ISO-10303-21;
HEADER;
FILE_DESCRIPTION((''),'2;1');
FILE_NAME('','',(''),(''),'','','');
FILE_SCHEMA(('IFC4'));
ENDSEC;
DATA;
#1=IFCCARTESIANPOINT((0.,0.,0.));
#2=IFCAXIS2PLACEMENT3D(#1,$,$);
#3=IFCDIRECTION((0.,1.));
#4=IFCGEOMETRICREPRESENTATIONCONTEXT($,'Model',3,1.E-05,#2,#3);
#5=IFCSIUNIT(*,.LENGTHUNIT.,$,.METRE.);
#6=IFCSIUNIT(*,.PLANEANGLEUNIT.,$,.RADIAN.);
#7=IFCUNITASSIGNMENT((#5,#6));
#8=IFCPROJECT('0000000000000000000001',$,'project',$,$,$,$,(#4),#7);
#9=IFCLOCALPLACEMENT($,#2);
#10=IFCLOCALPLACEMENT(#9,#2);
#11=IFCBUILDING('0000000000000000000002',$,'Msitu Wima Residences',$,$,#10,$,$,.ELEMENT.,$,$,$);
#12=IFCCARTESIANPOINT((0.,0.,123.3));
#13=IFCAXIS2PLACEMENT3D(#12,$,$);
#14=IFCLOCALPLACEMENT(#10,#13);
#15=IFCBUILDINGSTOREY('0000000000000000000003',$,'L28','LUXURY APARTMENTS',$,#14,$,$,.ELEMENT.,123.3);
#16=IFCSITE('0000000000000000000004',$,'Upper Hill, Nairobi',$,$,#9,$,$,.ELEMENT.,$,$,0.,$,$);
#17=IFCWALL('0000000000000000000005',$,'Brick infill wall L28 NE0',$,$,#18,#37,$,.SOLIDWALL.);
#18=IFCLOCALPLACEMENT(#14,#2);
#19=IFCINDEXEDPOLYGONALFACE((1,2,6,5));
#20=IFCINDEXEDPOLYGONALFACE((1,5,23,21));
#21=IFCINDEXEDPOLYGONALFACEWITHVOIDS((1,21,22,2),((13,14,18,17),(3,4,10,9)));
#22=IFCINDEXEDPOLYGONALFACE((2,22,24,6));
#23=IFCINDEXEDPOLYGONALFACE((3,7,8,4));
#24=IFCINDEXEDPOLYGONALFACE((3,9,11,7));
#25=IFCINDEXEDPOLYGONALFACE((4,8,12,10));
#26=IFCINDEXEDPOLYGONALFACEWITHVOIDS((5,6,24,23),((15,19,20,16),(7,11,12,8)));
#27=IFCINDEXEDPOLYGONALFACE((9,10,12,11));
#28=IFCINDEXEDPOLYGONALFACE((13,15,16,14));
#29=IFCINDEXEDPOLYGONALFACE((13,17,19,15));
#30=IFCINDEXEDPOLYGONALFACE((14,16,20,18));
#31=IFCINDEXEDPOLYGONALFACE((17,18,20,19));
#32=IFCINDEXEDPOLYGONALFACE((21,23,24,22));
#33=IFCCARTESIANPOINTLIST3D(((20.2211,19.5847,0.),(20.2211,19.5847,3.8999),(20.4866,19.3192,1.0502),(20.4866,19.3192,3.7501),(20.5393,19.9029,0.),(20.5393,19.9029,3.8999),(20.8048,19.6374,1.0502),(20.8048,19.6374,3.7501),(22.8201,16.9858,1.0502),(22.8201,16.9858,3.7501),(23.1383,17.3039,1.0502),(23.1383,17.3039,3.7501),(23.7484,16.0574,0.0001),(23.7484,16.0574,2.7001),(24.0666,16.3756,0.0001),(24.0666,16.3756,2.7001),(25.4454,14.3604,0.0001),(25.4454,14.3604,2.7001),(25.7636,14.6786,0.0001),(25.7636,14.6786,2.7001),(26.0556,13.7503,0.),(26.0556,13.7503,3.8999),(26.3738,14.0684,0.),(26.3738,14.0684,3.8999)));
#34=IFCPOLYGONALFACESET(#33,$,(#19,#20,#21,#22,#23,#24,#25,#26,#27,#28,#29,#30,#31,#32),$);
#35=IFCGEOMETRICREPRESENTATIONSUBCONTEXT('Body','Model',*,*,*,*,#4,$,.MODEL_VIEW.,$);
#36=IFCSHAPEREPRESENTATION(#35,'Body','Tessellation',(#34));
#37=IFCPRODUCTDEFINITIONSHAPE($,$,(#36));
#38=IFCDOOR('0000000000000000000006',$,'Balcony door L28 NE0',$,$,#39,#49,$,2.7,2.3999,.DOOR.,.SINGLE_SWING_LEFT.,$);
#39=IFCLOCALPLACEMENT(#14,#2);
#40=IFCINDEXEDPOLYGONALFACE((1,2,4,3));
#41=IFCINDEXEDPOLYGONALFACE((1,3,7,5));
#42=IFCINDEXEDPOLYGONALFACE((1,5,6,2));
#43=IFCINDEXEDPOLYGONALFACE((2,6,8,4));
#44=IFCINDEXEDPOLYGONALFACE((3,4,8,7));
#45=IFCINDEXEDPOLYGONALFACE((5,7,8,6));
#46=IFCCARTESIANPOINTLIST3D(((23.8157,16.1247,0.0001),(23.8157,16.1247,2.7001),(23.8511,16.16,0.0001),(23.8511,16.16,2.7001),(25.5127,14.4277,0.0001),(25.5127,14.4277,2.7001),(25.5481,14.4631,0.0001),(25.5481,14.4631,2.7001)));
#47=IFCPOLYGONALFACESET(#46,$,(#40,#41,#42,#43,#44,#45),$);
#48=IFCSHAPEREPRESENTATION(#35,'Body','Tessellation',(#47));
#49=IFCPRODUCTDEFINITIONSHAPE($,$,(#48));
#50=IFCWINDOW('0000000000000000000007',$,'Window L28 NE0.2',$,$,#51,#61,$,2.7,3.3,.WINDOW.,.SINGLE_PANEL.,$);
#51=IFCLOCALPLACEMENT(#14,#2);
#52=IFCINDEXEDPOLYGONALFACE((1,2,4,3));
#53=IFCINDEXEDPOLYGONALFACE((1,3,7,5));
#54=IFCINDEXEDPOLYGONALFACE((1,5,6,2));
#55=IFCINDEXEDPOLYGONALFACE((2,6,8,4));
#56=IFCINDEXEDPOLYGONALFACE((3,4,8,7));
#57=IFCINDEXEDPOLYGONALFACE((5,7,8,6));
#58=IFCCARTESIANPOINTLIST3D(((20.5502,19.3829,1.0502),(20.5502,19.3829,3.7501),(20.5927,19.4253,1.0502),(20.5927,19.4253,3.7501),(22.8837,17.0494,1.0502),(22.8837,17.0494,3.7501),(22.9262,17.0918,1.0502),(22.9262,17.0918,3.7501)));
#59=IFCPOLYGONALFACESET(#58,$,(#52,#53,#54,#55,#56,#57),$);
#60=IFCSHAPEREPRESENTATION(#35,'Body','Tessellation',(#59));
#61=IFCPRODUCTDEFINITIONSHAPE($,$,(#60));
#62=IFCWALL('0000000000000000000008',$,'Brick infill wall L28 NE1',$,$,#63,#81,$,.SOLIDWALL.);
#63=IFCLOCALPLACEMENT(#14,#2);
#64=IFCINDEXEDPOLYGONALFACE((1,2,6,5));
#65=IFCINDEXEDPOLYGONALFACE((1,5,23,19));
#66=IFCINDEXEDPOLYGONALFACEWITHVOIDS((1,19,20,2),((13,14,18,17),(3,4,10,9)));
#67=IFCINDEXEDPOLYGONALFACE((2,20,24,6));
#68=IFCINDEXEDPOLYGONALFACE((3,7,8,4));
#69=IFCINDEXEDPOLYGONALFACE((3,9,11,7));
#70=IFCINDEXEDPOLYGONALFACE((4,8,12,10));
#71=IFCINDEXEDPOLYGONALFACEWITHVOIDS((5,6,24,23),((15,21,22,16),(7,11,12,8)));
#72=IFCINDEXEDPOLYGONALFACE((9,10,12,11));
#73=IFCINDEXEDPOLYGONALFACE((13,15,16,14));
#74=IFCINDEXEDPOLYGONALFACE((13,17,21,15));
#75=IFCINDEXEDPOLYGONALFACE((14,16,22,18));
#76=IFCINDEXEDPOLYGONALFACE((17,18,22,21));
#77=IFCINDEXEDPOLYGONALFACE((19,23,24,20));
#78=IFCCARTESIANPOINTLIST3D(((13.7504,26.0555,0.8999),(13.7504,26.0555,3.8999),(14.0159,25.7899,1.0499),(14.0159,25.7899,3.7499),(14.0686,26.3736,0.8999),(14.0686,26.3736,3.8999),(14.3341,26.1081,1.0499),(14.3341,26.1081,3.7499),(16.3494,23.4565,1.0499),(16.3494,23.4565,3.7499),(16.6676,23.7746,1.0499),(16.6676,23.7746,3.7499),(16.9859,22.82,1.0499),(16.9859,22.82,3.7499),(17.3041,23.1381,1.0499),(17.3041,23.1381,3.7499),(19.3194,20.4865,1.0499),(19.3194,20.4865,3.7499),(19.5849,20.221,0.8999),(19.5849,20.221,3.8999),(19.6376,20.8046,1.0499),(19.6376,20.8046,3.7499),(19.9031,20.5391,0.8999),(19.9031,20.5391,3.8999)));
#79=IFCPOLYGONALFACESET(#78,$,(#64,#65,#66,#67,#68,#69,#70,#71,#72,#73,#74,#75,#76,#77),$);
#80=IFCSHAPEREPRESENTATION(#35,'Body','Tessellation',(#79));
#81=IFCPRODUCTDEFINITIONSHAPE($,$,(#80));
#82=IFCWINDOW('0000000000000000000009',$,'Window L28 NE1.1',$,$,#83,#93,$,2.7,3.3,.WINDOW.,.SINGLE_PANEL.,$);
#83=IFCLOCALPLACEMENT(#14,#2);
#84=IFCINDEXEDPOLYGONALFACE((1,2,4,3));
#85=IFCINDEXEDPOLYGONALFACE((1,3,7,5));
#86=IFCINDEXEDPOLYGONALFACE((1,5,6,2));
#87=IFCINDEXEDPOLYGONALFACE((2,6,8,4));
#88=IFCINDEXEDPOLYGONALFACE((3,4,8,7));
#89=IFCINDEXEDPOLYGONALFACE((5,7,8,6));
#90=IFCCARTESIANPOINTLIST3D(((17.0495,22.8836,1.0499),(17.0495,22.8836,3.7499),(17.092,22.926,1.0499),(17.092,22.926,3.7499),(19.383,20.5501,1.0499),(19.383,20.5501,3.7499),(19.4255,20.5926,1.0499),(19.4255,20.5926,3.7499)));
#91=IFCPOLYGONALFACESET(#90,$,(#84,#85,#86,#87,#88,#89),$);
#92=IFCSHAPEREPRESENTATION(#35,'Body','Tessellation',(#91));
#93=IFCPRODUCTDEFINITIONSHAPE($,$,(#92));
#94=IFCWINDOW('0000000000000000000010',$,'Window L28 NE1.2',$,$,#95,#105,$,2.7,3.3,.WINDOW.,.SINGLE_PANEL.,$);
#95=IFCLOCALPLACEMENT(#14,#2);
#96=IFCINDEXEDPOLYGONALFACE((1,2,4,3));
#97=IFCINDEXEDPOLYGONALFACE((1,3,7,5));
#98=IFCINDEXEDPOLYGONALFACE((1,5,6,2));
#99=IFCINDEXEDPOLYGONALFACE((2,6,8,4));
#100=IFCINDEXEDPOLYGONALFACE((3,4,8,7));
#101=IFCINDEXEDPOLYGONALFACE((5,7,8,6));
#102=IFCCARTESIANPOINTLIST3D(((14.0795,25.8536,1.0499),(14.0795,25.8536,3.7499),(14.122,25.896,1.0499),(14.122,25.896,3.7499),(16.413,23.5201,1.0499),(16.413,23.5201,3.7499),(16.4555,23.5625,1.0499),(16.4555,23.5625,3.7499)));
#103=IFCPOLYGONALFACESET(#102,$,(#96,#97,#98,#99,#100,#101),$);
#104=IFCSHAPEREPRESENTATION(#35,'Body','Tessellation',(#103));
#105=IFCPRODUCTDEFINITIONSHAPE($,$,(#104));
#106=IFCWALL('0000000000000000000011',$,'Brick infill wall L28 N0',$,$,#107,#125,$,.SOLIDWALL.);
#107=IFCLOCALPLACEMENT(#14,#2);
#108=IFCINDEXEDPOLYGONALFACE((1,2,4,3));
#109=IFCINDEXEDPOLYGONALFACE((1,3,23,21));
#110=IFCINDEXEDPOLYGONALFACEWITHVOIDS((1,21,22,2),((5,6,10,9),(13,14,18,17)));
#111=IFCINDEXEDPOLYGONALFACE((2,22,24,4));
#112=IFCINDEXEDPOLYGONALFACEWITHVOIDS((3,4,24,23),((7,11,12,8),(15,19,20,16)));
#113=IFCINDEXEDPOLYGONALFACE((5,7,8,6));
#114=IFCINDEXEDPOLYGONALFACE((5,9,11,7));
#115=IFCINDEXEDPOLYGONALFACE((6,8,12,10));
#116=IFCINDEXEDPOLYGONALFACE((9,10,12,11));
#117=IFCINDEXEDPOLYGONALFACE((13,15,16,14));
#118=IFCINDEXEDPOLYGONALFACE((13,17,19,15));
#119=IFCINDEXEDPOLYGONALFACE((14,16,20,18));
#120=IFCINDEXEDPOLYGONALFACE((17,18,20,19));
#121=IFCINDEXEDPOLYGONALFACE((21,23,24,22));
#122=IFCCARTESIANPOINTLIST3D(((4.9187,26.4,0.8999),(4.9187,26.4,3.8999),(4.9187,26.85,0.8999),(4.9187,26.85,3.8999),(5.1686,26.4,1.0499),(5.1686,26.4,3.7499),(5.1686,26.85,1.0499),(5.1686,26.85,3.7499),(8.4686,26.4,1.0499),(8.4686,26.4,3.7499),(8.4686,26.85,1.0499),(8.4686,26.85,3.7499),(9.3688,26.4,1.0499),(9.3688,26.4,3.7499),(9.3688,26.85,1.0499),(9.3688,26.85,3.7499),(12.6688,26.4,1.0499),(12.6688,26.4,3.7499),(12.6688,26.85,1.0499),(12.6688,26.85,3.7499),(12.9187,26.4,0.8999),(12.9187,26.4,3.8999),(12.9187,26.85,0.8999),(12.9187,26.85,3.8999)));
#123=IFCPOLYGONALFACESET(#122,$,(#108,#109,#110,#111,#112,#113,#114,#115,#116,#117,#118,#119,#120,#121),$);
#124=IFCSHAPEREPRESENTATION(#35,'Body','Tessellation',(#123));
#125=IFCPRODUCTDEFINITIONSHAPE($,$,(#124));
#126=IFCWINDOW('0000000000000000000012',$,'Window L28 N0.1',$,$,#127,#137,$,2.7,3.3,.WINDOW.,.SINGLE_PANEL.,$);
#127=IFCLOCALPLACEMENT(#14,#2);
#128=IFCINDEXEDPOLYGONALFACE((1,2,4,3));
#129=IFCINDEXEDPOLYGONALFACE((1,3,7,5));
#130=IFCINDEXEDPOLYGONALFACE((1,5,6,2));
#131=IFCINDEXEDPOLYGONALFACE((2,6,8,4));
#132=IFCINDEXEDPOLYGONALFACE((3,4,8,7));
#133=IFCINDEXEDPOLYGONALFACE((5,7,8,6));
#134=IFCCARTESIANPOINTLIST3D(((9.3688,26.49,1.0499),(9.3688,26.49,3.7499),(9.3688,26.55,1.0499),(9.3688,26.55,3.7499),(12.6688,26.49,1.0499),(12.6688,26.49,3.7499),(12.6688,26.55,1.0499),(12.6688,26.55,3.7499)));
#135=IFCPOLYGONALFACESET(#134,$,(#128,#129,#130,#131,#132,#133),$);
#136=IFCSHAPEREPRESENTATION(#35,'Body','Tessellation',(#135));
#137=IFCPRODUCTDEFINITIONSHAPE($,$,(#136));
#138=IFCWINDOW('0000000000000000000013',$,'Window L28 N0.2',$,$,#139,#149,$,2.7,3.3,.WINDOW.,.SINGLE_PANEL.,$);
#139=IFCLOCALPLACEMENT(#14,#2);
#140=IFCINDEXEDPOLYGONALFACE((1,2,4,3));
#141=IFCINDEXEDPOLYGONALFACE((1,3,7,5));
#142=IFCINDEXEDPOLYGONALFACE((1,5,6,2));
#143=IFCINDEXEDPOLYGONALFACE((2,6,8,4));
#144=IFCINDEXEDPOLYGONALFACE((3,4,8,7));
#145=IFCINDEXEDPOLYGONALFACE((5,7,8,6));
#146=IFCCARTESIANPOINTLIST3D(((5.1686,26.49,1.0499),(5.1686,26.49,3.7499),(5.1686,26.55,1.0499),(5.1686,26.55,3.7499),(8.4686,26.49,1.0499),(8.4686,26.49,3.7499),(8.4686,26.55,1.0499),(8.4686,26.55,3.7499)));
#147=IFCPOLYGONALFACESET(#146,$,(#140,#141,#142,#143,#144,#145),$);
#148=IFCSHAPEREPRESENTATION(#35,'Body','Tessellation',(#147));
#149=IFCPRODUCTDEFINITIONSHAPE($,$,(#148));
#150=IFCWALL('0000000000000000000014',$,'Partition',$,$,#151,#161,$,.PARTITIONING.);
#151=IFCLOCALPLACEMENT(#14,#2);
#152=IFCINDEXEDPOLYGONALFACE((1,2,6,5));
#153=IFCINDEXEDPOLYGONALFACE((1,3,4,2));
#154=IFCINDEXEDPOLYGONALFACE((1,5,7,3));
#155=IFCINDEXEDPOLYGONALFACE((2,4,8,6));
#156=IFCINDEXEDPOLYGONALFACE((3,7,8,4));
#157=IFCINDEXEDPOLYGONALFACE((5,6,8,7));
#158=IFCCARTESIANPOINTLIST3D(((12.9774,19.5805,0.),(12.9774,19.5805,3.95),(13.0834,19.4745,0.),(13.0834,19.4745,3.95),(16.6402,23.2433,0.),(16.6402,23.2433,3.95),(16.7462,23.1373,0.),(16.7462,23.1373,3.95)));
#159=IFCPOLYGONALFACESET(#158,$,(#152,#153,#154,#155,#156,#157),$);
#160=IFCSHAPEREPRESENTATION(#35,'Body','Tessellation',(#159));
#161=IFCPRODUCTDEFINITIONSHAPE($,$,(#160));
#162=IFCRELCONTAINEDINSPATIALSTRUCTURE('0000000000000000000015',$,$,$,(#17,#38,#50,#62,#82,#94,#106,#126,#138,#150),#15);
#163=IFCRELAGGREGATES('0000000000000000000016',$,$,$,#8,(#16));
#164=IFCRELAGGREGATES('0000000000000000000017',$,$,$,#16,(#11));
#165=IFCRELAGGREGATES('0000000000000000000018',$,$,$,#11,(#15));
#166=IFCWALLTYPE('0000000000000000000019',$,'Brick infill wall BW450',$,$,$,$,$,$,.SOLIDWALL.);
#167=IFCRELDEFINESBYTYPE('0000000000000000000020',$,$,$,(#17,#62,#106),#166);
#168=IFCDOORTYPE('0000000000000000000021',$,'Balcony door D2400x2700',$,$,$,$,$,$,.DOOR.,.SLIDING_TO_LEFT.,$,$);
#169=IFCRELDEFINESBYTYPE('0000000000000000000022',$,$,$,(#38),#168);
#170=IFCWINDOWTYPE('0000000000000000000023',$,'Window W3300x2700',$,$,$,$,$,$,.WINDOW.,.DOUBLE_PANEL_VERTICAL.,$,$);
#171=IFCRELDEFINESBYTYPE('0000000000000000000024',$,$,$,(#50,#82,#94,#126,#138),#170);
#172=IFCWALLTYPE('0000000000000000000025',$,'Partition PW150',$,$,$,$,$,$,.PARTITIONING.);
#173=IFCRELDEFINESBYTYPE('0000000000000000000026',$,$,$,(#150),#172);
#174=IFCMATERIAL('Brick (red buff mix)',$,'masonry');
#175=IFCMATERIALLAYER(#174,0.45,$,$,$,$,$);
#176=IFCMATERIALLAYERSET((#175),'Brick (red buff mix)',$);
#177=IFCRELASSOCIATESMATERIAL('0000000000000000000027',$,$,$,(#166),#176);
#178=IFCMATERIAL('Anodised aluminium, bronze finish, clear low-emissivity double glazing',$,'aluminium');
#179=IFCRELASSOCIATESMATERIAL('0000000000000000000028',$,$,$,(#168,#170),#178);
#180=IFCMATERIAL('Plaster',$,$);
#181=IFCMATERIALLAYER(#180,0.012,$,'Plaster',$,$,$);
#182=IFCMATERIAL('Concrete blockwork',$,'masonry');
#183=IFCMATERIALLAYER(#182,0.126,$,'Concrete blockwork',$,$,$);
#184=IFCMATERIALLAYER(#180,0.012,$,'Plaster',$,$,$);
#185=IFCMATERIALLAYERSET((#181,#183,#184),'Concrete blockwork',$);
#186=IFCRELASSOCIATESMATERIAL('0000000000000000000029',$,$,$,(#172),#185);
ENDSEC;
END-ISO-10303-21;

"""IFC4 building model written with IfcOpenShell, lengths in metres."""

from ifc_helpers import new_model, si_unit, direction, frame, frame_2d, origin, place, context, subcontext, project, spatial, rectangle, extrude, material, layer, layer_set, type_object, element, fill, save


model = new_model("IFC4")

# Units and contexts
model_context = context("Model", 3, precision=1e-05, world=origin(), true_north=direction((0.0, 1.0)))
body_context = subcontext(model_context, "Body", "Model", "MODEL_VIEW")
ifc_project = project(units=[si_unit("LENGTHUNIT", "METRE"), si_unit("PLANEANGLEUNIT", "RADIAN")], contexts=[model_context])

# Site, building, storey
site_placement = place(None, origin())
site = spatial("IfcSite", under=ifc_project, at=site_placement, Name="Upper Hill, Nairobi", CompositionType="ELEMENT", RefElevation=0.0)
building_placement = place(site_placement, origin())
building = spatial("IfcBuilding", under=site, at=building_placement, Name="Msitu Wima Residences", CompositionType="ELEMENT")
storey_placement = place(building_placement, frame((0.0, 0.0, 123.3)))
storey = spatial("IfcBuildingStorey", under=building, at=storey_placement, Name="L28", Description="LUXURY APARTMENTS", CompositionType="ELEMENT", Elevation=123.3)

# Wall, openings, door, window
ifc_material_1 = material(Name="Brick (red buff mix)", Category="masonry")
ifc_layer_1 = layer(ifc_material_1, 0.45)
ifc_layer_set_1 = layer_set([ifc_layer_1], Name="Brick (red buff mix)")
wall_type_1 = type_object("IfcWallType", Name="Brick infill wall BW450", PredefinedType="SOLIDWALL", material=ifc_layer_set_1)
wall_1_placement = place(storey_placement, frame((26.2146, 13.9094, 0.0), z_axis=(0.0, 0.0, 1.0), x_axis=(-0.707107, 0.707107, 0.0)))
wall_1 = element("IfcWall", 1, at=wall_1_placement, inside=storey, type_object=wall_type_1, Name="Brick infill wall L28 NE0", PredefinedType="SOLIDWALL", context=body_context, shape_type="SweptSolid", body=[
    extrude(rectangle(XDim=8.2512, YDim=0.45, at=frame_2d((4.1255, 0.0))), origin(), (0.0, 0.0, 1.0), 3.8999),
])
opening_1_placement = place(wall_1_placement, frame((0.8628, 0.0, 0.0)))
opening_1 = element("IfcOpeningElement", 2, at=opening_1_placement, cuts=wall_1, PredefinedType="OPENING", context=body_context, shape_type="SweptSolid", body=[
    extrude(rectangle(XDim=2.3999, YDim=2.7, at=frame_2d((1.2, 1.3501))), frame((0.0, 0.2349, 0.0), z_axis=(0.0, -1.0, 0.0), x_axis=(1.0, 0.0, 0.0)), (0.0, 0.0, 1.0), 0.47),
])
opening_2_placement = place(wall_1_placement, frame((4.5757, 0.0, 1.05)))
opening_2 = element("IfcOpeningElement", 3, at=opening_2_placement, cuts=wall_1, PredefinedType="OPENING", context=body_context, shape_type="SweptSolid", body=[
    extrude(rectangle(XDim=3.3, YDim=2.7, at=frame_2d((1.6499, 1.3501))), frame((0.0, 0.2349, 0.0), z_axis=(0.0, -1.0, 0.0), x_axis=(1.0, 0.0, 0.0)), (0.0, 0.0, 1.0), 0.47),
])
ifc_material_2 = material(Name="Anodised aluminium, bronze finish, clear low-emissivity double glazing", Category="aluminium")
door_type_1 = type_object("IfcDoorType", Name="Balcony door D2400x2700", OperationType="SLIDING_TO_LEFT", PredefinedType="DOOR", material=ifc_material_2)
door_1_placement = place(opening_1_placement, origin())
door_1 = element("IfcDoor", 4, at=door_1_placement, inside=storey, type_object=door_type_1, Name="Balcony door L28 NE0", OperationType="SINGLE_SWING_LEFT", OverallHeight=2.7, OverallWidth=2.3999, PredefinedType="DOOR", context=body_context, shape_type="SweptSolid", body=[
    extrude(rectangle(XDim=2.3999, YDim=2.7, at=frame_2d((1.2, 1.3501))), frame((0.0, 0.1299, 0.0), z_axis=(0.0, -1.0, 0.0), x_axis=(1.0, 0.0, 0.0)), (0.0, 0.0, 1.0), 0.05),
])
fill(opening_1, door_1)
window_type = type_object("IfcWindowType", Name="Window W3300x2700", PartitioningType="DOUBLE_PANEL_VERTICAL", PredefinedType="WINDOW", material=ifc_material_2)
window_1_placement = place(opening_2_placement, origin())
window_1 = element("IfcWindow", 5, at=window_1_placement, inside=storey, type_object=window_type, Name="Window L28 NE0.2", OverallHeight=2.7, OverallWidth=3.3, PartitioningType="SINGLE_PANEL", PredefinedType="WINDOW", context=body_context, shape_type="SweptSolid", body=[
    extrude(rectangle(XDim=3.3, YDim=2.7, at=frame_2d((1.6499, 1.3501))), frame((0.0, 0.135, 0.0), z_axis=(0.0, -1.0, 0.0), x_axis=(1.0, 0.0, 0.0)), (0.0, 0.0, 1.0), 0.0601),
])
fill(opening_2, window_1)

# Walls, openings, windows
wall_2_placement = place(storey_placement, frame((19.7439, 20.3801, 0.8999), z_axis=(0.0, 0.0, 1.0), x_axis=(-0.707107, 0.707107, 0.0)))
wall_2 = element("IfcWall", 6, at=wall_2_placement, inside=storey, type_object=wall_type_1, Name="Brick infill wall L28 NE1", PredefinedType="SOLIDWALL", context=body_context, shape_type="SweptSolid", body=[
    extrude(rectangle(XDim=8.2512, YDim=0.45, at=frame_2d((4.1255, 0.0))), origin(), (0.0, 0.0, 1.0), 3.0),
])
opening_3_placement = place(wall_2_placement, frame((0.3755, 0.0, 0.1499)))
opening_3 = element("IfcOpeningElement", 7, at=opening_3_placement, cuts=wall_2, PredefinedType="OPENING", context=body_context, shape_type="SweptSolid", body=[
    extrude(rectangle(XDim=3.3, YDim=2.7, at=frame_2d((1.6499, 1.3501))), frame((0.0, 0.2349, 0.0), z_axis=(0.0, -1.0, 0.0), x_axis=(1.0, 0.0, 0.0)), (0.0, 0.0, 1.0), 0.47),
])
opening_4_placement = place(wall_2_placement, frame((4.5757, 0.0, 0.1499)))
opening_4 = element("IfcOpeningElement", 8, at=opening_4_placement, cuts=wall_2, PredefinedType="OPENING", context=body_context, shape_type="SweptSolid", body=[
    extrude(rectangle(XDim=3.3, YDim=2.7, at=frame_2d((1.6499, 1.3501))), frame((0.0, 0.2349, 0.0), z_axis=(0.0, -1.0, 0.0), x_axis=(1.0, 0.0, 0.0)), (0.0, 0.0, 1.0), 0.47),
])
window_2_placement = place(opening_3_placement, origin())
window_2 = element("IfcWindow", 9, at=window_2_placement, inside=storey, type_object=window_type, Name="Window L28 NE1.1", OverallHeight=2.7, OverallWidth=3.3, PartitioningType="SINGLE_PANEL", PredefinedType="WINDOW", context=body_context, shape_type="SweptSolid", body=[
    extrude(rectangle(XDim=3.3, YDim=2.7, at=frame_2d((1.6499, 1.3501))), frame((0.0, 0.135, 0.0), z_axis=(0.0, -1.0, 0.0), x_axis=(1.0, 0.0, 0.0)), (0.0, 0.0, 1.0), 0.0601),
])
fill(opening_3, window_2)
window_3_placement = place(opening_4_placement, origin())
window_3 = element("IfcWindow", 10, at=window_3_placement, inside=storey, type_object=window_type, Name="Window L28 NE1.2", OverallHeight=2.7, OverallWidth=3.3, PartitioningType="SINGLE_PANEL", PredefinedType="WINDOW", context=body_context, shape_type="SweptSolid", body=[
    extrude(rectangle(XDim=3.3, YDim=2.7, at=frame_2d((1.6499, 1.3501))), frame((0.0, 0.135, 0.0), z_axis=(0.0, -1.0, 0.0), x_axis=(1.0, 0.0, 0.0)), (0.0, 0.0, 1.0), 0.0601),
])
fill(opening_4, window_3)
wall_3_placement = place(storey_placement, frame((12.9187, 26.625, 0.8999), z_axis=(0.0, 0.0, 1.0), x_axis=(-1.0, 0.0, 0.0)))
wall_3 = element("IfcWall", 11, at=wall_3_placement, inside=storey, type_object=wall_type_1, Name="Brick infill wall L28 N0", PredefinedType="SOLIDWALL", context=body_context, shape_type="SweptSolid", body=[
    extrude(rectangle(XDim=8.0, YDim=0.45, at=frame_2d((4.0, 0.0))), origin(), (0.0, 0.0, 1.0), 3.0),
])
opening_5_placement = place(wall_3_placement, frame((0.25, 0.0, 0.1499)))
opening_5 = element("IfcOpeningElement", 12, at=opening_5_placement, cuts=wall_3, PredefinedType="OPENING", context=body_context, shape_type="SweptSolid", body=[
    extrude(rectangle(XDim=3.3, YDim=2.7, at=frame_2d((1.6499, 1.3501))), frame((0.0, 0.2349, 0.0), z_axis=(0.0, -1.0, 0.0), x_axis=(1.0, 0.0, 0.0)), (0.0, 0.0, 1.0), 0.47),
])
opening_6_placement = place(wall_3_placement, frame((4.4502, 0.0, 0.1499)))
opening_6 = element("IfcOpeningElement", 13, at=opening_6_placement, cuts=wall_3, PredefinedType="OPENING", context=body_context, shape_type="SweptSolid", body=[
    extrude(rectangle(XDim=3.3, YDim=2.7, at=frame_2d((1.6499, 1.3501))), frame((0.0, 0.2349, 0.0), z_axis=(0.0, -1.0, 0.0), x_axis=(1.0, 0.0, 0.0)), (0.0, 0.0, 1.0), 0.47),
])
window_4_placement = place(opening_5_placement, origin())
window_4 = element("IfcWindow", 14, at=window_4_placement, inside=storey, type_object=window_type, Name="Window L28 N0.1", OverallHeight=2.7, OverallWidth=3.3, PartitioningType="SINGLE_PANEL", PredefinedType="WINDOW", context=body_context, shape_type="SweptSolid", body=[
    extrude(rectangle(XDim=3.3, YDim=2.7, at=frame_2d((1.6499, 1.3501))), frame((0.0, 0.135, 0.0), z_axis=(0.0, -1.0, 0.0), x_axis=(1.0, 0.0, 0.0)), (0.0, 0.0, 1.0), 0.0601),
])
fill(opening_5, window_4)
window_5_placement = place(opening_6_placement, origin())
window_5 = element("IfcWindow", 15, at=window_5_placement, inside=storey, type_object=window_type, Name="Window L28 N0.2", OverallHeight=2.7, OverallWidth=3.3, PartitioningType="SINGLE_PANEL", PredefinedType="WINDOW", context=body_context, shape_type="SweptSolid", body=[
    extrude(rectangle(XDim=3.3, YDim=2.7, at=frame_2d((1.6499, 1.3501))), frame((0.0, 0.135, 0.0), z_axis=(0.0, -1.0, 0.0), x_axis=(1.0, 0.0, 0.0)), (0.0, 0.0, 1.0), 0.0601),
])
fill(opening_6, window_5)

# Wall
ifc_material_3 = material(Name="Plaster")
ifc_layer_2 = layer(ifc_material_3, 0.012, Name="Plaster")
ifc_material_4 = material(Name="Concrete blockwork", Category="masonry")
ifc_layer_3 = layer(ifc_material_4, 0.126, Name="Concrete blockwork")
ifc_layer_4 = layer(ifc_material_3, 0.012, Name="Plaster")
ifc_layer_set_2 = layer_set([ifc_layer_2, ifc_layer_3, ifc_layer_4], Name="Concrete blockwork")
wall_type_2 = type_object("IfcWallType", Name="Partition PW150", PredefinedType="PARTITIONING", material=ifc_layer_set_2)
wall_4_placement = place(storey_placement, frame((13.0305, 19.5276, 0.0), z_axis=(0.0, 0.0, 1.0), x_axis=(0.707107, 0.707107, 0.0)))
element("IfcWall", 16, at=wall_4_placement, inside=storey, type_object=wall_type_2, Name="Partition", PredefinedType="PARTITIONING", context=body_context, shape_type="SweptSolid", body=[
    extrude(rectangle(XDim=5.1799, YDim=0.1499, at=frame_2d((2.5898, 0.0))), origin(), (0.0, 0.0, 1.0), 3.95),
])

save(model, "model.ifc")
